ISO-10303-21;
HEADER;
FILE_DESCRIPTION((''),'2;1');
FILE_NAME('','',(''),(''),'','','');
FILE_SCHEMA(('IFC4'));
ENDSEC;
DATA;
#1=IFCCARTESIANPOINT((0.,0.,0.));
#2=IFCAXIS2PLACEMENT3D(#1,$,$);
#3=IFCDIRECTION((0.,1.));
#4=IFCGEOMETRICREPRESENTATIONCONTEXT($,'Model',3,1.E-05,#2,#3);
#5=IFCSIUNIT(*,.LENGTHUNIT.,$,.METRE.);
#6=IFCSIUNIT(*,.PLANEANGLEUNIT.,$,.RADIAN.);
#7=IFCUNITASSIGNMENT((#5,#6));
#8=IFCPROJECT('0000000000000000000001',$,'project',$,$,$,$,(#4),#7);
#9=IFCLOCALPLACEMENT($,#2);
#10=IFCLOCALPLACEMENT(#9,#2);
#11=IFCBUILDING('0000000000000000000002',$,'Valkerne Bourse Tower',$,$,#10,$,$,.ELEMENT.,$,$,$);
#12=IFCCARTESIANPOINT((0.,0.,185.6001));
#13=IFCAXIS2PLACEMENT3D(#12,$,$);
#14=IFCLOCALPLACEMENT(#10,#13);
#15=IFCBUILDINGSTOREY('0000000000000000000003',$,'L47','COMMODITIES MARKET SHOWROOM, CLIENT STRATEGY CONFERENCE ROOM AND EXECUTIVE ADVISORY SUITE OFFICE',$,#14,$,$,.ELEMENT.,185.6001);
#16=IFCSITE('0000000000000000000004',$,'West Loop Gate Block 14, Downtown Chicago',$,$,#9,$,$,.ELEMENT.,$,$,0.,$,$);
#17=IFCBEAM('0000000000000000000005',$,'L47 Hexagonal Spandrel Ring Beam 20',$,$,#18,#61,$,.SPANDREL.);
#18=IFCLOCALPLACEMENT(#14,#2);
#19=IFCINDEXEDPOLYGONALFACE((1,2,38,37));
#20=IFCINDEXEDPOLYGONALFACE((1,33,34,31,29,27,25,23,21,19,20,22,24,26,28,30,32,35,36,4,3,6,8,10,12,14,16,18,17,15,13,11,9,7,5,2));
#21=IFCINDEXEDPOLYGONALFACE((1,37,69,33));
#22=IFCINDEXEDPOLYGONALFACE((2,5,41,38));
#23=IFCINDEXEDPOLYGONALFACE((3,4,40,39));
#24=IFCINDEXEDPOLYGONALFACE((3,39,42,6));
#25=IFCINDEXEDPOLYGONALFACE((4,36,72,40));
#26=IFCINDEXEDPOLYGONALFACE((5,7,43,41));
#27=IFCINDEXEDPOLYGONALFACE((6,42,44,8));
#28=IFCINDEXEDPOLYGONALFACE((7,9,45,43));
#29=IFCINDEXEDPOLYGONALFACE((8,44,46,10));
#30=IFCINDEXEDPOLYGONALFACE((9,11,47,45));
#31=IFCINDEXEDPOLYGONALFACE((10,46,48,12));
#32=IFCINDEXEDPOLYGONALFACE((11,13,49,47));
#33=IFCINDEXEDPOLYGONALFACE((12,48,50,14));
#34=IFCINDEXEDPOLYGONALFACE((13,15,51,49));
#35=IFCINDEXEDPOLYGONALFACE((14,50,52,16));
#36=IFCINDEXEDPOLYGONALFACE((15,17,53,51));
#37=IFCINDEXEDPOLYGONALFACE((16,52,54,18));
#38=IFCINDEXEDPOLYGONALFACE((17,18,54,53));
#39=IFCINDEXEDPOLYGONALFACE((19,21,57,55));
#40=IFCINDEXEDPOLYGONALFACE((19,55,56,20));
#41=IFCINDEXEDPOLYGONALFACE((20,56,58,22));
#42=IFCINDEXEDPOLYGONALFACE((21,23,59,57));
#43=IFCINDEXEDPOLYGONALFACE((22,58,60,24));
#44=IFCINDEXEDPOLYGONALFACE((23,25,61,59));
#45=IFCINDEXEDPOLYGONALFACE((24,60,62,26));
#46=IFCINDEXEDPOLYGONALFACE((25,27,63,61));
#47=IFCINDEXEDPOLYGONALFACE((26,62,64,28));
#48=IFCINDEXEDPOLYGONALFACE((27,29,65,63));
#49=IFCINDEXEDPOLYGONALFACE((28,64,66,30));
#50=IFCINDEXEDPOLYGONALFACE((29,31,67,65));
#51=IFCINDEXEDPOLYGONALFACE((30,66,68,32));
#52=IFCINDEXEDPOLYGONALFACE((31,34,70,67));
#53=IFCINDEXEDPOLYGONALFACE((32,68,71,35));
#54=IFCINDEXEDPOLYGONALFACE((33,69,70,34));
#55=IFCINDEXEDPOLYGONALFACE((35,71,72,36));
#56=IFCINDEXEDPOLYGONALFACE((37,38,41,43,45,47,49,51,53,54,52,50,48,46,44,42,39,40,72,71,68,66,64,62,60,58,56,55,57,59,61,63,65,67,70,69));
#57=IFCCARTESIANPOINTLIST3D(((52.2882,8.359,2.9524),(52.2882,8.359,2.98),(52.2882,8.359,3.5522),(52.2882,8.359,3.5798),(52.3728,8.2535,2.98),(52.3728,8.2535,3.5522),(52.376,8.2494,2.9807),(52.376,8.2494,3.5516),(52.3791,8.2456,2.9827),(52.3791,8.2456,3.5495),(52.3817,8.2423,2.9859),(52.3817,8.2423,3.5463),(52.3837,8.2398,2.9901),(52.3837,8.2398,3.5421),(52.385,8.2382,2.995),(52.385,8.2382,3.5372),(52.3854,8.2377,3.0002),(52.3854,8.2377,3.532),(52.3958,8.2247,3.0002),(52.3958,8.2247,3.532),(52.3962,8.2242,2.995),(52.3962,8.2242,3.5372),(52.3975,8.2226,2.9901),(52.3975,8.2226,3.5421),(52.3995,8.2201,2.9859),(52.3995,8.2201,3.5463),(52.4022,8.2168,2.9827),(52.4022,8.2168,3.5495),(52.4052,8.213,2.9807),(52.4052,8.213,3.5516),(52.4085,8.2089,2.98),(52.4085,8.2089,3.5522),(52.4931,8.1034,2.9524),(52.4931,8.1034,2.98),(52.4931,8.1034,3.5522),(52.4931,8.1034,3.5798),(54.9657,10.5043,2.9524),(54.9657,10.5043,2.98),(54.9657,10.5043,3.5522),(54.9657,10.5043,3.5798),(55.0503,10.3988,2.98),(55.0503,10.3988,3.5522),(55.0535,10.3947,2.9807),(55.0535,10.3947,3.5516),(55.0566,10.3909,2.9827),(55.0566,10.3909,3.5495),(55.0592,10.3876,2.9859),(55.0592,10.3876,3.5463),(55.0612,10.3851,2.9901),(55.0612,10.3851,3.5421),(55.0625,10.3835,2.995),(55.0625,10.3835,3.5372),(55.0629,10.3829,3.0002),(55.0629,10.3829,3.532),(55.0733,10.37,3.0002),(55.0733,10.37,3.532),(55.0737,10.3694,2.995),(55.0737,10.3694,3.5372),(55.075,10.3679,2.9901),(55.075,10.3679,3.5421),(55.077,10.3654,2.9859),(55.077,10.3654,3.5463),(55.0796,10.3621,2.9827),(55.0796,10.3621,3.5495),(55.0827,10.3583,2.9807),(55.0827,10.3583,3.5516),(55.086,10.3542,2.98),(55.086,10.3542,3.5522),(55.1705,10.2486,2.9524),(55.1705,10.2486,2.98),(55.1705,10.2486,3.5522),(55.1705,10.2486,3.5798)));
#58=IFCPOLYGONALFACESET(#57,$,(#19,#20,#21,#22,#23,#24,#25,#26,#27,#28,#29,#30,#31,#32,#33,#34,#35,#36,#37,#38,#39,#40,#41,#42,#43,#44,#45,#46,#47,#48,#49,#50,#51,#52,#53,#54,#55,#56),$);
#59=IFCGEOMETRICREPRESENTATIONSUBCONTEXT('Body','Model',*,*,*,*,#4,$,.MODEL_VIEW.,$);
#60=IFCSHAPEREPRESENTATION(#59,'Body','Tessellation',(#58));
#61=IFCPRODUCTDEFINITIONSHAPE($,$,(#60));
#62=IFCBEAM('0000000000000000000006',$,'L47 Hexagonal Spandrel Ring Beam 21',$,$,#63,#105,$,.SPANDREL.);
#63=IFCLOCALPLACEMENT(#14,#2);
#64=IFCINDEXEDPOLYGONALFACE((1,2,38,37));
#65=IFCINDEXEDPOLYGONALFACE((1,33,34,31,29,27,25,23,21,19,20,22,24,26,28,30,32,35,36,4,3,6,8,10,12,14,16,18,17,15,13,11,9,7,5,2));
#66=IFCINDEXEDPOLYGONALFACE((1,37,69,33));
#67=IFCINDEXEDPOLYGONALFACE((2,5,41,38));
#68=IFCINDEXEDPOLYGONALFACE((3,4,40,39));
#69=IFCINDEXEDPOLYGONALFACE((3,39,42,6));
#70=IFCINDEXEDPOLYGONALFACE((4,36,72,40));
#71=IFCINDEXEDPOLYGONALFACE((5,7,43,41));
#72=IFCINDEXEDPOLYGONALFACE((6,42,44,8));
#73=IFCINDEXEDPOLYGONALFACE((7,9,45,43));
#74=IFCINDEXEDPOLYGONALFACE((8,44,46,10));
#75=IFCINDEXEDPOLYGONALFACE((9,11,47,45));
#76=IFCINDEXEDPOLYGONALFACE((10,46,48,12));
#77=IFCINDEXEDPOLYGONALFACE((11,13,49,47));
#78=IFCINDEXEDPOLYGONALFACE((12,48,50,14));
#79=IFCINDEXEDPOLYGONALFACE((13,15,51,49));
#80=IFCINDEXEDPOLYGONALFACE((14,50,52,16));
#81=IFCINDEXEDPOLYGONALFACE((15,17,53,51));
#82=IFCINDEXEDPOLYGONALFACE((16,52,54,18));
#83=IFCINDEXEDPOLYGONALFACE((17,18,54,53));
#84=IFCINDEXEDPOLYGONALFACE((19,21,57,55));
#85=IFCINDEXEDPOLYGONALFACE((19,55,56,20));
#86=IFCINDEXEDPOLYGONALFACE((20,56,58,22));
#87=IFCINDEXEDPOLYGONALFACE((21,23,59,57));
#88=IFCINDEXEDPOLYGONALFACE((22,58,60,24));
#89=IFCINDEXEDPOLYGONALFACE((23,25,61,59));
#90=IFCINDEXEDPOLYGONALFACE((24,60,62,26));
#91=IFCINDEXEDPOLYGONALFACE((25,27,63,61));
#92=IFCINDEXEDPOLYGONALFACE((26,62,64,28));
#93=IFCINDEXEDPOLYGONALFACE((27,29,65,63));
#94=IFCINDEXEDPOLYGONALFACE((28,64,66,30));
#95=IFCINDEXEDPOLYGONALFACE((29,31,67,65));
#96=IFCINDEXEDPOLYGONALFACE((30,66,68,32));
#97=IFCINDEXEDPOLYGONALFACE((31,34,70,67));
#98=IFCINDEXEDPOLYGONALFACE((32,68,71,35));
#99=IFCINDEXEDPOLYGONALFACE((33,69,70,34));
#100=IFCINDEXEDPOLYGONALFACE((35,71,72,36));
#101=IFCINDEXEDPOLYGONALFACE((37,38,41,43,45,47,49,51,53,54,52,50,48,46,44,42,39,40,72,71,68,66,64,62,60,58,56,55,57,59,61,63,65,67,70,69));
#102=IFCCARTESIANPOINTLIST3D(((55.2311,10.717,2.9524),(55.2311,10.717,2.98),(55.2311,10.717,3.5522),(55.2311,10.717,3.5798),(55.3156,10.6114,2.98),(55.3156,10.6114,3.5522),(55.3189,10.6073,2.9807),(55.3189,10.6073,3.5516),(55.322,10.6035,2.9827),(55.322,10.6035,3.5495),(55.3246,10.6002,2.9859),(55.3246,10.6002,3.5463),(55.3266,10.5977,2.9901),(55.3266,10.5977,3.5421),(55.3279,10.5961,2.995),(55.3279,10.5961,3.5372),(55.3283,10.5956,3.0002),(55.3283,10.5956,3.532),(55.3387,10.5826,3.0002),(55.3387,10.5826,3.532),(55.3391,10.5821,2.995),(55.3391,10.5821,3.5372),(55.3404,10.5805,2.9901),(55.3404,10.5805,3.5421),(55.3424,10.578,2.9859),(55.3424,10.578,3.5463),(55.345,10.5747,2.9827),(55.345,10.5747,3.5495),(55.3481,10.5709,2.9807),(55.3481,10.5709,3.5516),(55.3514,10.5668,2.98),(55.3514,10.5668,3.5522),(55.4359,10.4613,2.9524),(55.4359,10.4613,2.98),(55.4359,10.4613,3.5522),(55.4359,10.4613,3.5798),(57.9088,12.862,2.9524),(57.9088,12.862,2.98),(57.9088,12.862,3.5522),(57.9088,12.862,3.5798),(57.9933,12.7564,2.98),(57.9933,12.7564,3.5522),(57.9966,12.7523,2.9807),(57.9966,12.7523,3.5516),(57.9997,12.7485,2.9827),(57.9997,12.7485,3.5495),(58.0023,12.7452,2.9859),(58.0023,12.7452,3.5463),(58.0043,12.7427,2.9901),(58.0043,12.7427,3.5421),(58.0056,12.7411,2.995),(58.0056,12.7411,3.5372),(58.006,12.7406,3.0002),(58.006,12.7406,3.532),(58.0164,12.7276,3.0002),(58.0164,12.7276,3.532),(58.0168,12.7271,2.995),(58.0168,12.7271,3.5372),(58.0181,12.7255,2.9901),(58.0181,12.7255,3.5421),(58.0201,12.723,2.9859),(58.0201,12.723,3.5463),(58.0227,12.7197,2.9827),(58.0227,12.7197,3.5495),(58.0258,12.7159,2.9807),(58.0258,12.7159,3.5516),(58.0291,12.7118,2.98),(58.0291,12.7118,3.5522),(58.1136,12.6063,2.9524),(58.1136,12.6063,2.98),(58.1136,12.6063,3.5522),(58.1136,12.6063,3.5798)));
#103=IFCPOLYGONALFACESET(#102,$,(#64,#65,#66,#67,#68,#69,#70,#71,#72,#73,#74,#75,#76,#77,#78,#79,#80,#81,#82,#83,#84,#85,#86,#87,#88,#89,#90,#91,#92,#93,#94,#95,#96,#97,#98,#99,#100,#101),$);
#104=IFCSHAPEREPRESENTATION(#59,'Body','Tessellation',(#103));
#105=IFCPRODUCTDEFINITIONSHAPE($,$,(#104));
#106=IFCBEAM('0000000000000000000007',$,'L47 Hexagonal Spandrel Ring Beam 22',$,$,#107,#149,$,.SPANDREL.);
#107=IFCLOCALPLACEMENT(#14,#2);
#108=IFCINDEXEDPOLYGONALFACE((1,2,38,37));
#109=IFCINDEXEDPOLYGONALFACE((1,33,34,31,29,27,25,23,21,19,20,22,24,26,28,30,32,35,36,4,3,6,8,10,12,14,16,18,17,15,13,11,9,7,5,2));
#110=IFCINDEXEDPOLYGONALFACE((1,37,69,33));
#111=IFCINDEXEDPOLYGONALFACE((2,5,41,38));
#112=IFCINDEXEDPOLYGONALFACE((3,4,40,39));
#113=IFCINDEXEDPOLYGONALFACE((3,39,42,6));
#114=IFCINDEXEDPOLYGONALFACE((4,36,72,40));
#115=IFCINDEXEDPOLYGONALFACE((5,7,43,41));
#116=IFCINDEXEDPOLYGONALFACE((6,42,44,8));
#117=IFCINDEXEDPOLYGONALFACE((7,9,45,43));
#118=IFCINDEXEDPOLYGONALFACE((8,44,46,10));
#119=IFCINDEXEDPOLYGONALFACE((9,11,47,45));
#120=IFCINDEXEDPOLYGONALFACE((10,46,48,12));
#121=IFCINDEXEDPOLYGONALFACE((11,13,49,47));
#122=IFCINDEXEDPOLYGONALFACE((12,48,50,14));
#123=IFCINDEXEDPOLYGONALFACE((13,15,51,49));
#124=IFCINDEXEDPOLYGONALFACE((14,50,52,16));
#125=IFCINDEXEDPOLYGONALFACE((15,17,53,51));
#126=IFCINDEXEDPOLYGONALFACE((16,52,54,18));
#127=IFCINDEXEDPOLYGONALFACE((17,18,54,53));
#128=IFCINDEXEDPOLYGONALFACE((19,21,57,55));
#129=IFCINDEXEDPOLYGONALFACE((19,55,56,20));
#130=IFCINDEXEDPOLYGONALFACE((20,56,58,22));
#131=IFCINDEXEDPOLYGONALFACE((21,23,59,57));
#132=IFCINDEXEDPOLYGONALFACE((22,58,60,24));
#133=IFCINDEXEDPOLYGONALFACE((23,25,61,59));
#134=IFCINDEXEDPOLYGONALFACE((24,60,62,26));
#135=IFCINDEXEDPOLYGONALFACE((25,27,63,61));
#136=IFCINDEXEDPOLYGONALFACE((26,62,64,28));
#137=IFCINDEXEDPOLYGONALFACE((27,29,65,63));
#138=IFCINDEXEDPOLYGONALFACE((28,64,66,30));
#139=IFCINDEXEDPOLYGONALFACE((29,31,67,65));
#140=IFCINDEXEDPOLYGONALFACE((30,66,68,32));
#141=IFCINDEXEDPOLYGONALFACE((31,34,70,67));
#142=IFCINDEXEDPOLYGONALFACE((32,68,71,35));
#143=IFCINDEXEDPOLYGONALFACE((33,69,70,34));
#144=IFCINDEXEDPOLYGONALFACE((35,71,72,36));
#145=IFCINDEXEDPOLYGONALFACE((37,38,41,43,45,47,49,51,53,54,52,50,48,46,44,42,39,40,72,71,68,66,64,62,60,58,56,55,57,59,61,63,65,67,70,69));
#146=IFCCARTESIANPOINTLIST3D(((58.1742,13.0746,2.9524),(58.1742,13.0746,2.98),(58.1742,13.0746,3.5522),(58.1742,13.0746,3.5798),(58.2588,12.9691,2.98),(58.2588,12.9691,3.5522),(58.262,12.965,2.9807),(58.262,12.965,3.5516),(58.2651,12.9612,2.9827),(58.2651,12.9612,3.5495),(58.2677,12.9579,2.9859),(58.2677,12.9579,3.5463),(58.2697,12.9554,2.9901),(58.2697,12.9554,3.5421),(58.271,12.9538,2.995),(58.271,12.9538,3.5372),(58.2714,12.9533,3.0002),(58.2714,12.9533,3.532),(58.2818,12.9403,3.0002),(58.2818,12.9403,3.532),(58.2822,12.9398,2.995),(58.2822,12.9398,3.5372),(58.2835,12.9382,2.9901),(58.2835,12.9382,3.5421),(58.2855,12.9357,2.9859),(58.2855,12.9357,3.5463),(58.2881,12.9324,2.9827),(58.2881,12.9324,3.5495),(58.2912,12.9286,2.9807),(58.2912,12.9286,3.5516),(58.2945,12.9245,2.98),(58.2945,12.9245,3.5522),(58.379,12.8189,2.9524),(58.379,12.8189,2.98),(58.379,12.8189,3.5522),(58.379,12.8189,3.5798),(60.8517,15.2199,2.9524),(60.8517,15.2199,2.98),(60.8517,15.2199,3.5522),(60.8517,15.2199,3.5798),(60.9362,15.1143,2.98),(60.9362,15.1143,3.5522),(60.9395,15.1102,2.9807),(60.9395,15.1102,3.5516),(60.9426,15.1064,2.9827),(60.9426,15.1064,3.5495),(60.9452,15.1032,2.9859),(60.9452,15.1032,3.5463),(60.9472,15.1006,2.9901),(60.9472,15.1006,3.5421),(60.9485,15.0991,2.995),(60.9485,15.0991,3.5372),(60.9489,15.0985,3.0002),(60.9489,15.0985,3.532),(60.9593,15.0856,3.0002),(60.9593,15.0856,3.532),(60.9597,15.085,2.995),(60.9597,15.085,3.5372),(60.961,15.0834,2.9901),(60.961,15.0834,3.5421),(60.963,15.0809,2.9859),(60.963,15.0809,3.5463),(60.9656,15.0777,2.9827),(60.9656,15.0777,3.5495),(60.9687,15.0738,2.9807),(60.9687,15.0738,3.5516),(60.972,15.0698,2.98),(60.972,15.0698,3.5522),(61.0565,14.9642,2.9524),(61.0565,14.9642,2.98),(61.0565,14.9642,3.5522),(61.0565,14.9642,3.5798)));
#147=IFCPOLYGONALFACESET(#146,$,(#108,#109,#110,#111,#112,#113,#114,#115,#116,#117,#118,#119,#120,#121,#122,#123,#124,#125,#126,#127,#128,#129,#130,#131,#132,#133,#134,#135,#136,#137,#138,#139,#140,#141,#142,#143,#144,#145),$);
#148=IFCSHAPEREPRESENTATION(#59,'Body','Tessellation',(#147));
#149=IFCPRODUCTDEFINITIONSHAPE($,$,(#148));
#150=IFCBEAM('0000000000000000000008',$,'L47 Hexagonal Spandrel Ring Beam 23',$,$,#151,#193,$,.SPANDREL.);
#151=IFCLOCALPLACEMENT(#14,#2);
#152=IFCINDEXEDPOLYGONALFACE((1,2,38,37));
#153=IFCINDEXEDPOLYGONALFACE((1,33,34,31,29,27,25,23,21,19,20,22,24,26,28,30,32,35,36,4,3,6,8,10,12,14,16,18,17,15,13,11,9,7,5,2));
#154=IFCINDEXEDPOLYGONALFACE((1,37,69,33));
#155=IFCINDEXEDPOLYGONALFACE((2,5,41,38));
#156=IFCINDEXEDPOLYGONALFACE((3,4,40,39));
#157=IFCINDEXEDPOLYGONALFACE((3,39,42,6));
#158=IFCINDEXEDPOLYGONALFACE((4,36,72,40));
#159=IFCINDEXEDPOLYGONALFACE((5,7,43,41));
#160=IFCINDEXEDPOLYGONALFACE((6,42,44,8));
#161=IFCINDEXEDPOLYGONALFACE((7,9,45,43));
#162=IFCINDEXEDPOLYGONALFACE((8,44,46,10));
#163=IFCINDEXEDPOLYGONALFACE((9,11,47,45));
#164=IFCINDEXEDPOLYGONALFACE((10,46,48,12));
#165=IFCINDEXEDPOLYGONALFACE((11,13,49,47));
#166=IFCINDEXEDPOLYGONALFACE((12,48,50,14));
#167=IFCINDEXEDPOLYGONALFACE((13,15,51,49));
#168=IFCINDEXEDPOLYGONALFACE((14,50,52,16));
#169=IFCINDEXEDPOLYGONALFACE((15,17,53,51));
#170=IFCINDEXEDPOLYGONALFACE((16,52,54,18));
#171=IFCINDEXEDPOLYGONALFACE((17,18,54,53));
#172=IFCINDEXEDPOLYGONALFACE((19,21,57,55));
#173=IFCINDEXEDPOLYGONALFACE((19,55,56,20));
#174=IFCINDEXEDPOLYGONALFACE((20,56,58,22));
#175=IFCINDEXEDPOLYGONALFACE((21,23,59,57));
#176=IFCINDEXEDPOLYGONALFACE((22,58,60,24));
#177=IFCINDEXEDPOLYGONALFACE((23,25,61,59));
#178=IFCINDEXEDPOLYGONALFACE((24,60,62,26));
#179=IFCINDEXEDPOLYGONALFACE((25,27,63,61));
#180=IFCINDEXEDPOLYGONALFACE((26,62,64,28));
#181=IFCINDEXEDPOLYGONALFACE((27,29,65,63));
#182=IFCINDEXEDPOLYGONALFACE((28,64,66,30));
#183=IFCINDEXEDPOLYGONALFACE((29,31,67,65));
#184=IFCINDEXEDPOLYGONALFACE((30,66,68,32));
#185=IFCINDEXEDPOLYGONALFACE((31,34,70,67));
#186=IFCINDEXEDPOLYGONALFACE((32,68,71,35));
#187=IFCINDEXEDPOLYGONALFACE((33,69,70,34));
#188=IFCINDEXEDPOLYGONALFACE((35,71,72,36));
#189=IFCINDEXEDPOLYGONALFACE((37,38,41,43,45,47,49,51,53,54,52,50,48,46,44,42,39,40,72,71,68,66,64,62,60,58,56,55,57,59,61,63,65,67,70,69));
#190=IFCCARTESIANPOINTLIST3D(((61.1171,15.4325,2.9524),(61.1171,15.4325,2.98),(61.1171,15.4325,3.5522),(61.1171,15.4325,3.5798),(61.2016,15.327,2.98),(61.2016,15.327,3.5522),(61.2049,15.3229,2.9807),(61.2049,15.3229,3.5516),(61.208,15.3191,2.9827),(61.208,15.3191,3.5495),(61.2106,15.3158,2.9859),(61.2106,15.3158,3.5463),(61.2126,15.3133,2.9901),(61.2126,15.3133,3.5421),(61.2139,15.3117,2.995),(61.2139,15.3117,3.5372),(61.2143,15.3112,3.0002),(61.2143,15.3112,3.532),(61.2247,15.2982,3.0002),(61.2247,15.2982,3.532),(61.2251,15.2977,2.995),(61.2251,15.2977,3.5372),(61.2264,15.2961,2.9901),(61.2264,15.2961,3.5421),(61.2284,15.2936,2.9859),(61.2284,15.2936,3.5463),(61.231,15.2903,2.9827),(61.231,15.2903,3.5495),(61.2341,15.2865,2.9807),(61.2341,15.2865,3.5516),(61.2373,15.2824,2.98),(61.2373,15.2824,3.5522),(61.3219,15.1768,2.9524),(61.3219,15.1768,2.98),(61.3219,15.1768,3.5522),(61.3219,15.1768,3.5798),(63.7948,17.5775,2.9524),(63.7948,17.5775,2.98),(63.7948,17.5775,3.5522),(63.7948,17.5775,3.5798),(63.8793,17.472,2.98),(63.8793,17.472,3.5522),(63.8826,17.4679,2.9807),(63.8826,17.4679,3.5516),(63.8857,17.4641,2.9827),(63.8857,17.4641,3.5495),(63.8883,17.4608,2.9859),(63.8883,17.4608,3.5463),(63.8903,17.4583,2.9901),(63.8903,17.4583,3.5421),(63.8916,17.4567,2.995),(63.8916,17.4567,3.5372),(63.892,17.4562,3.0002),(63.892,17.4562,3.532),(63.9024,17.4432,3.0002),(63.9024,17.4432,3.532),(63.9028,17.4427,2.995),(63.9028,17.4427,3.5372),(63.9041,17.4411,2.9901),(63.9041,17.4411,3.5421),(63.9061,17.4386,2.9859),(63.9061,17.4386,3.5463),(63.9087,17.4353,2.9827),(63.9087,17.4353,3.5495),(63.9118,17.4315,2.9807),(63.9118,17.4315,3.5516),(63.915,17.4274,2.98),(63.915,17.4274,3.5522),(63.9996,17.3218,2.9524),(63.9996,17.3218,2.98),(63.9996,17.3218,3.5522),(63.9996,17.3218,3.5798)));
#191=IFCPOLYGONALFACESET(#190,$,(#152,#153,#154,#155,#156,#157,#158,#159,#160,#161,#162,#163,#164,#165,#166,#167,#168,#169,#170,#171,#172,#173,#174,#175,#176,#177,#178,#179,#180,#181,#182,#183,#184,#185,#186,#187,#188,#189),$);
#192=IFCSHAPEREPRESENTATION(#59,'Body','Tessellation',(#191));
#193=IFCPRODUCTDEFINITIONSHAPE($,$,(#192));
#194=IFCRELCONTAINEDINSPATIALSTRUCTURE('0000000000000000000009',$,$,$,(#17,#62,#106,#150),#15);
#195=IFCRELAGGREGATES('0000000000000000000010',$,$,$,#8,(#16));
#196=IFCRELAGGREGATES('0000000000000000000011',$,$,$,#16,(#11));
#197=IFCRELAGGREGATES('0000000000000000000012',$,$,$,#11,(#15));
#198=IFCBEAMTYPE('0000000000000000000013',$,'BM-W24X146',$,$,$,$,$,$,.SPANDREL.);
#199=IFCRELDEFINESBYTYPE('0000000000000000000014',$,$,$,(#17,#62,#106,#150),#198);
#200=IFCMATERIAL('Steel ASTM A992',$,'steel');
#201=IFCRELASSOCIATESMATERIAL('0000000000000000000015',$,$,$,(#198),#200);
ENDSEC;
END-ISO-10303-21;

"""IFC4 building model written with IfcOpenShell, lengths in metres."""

from ifc_helpers import new_model, si_unit, direction, frame, origin, origin_2d, place, context, subcontext, project, spatial, i_section, extrude, material, material_profile, profile_set, type_object, element, save


model = new_model("IFC4")

# Units and contexts
model_context = context("Model", 3, precision=1e-05, world=origin(), true_north=direction((0.0, 1.0)))
body_context = subcontext(model_context, "Body", "Model", "MODEL_VIEW")
ifc_project = project(units=[si_unit("LENGTHUNIT", "METRE"), si_unit("PLANEANGLEUNIT", "RADIAN")], contexts=[model_context])

# Site, building, storey
site_placement = place(None, origin())
site = spatial("IfcSite", under=ifc_project, at=site_placement, Name="West Loop Gate Block 14, Downtown Chicago", CompositionType="ELEMENT", RefElevation=0.0)
building_placement = place(site_placement, origin())
building = spatial("IfcBuilding", under=site, at=building_placement, Name="Valkerne Bourse Tower", CompositionType="ELEMENT")
storey_placement = place(building_placement, frame((0.0, 0.0, 185.6001)))
storey = spatial("IfcBuildingStorey", under=building, at=storey_placement, Name="L47", Description="COMMODITIES MARKET SHOWROOM, CLIENT STRATEGY CONFERENCE ROOM AND EXECUTIVE ADVISORY SUITE OFFICE", CompositionType="ELEMENT", Elevation=185.6001)

# Beams
ifc_material_1 = material(Name="Steel ASTM A992", Category="steel")
ifc_material_profile_1 = material_profile(ifc_material_1, i_section(OverallWidth=0.3276, OverallDepth=0.6274, WebThickness=0.0166, FlangeThickness=0.0276, FilletRadius=0.0203, at=origin_2d()), Name="W24X146")
ifc_profile_set_1 = profile_set([ifc_material_profile_1], Name="Steel ASTM A992")
beam_type = type_object("IfcBeamType", Name="BM-W24X146", PredefinedType="SPANDREL", material=ifc_profile_set_1)
for number, where, z_axis, x_axis, name in (
    (1, (52.3906, 8.2312, 3.2661), (0.780403, 0.625276, 0.0), (-0.625276, 0.780403, 0.0), "L47 Hexagonal Spandrel Ring Beam 20"),
    (2, (55.3335, 10.5891, 3.2661), (0.780466, 0.625198, 0.0), (-0.625198, 0.780466, 0.0), "L47 Hexagonal Spandrel Ring Beam 21"),
    (3, (58.2766, 12.9468, 3.2661), (0.780403, 0.625276, 0.0), (-0.625276, 0.780403, 0.0), "L47 Hexagonal Spandrel Ring Beam 22"),
    (4, (61.2195, 15.3047, 3.2661), (0.780466, 0.625198, 0.0), (-0.625198, 0.780466, 0.0), "L47 Hexagonal Spandrel Ring Beam 23"),
):
    element("IfcBeam", number, at=place(storey_placement, frame(where, z_axis=z_axis, x_axis=x_axis)), inside=storey, type_object=beam_type, Name=name, PredefinedType="SPANDREL", context=body_context, shape_type="SweptSolid", body=[
        extrude(i_section(OverallWidth=0.3276, OverallDepth=0.6274, WebThickness=0.0166, FlangeThickness=0.0276, FilletRadius=0.0203, at=origin_2d()), origin(), (0.0, 0.0, 1.0), 3.4309),
    ])

save(model, "model.ifc")
